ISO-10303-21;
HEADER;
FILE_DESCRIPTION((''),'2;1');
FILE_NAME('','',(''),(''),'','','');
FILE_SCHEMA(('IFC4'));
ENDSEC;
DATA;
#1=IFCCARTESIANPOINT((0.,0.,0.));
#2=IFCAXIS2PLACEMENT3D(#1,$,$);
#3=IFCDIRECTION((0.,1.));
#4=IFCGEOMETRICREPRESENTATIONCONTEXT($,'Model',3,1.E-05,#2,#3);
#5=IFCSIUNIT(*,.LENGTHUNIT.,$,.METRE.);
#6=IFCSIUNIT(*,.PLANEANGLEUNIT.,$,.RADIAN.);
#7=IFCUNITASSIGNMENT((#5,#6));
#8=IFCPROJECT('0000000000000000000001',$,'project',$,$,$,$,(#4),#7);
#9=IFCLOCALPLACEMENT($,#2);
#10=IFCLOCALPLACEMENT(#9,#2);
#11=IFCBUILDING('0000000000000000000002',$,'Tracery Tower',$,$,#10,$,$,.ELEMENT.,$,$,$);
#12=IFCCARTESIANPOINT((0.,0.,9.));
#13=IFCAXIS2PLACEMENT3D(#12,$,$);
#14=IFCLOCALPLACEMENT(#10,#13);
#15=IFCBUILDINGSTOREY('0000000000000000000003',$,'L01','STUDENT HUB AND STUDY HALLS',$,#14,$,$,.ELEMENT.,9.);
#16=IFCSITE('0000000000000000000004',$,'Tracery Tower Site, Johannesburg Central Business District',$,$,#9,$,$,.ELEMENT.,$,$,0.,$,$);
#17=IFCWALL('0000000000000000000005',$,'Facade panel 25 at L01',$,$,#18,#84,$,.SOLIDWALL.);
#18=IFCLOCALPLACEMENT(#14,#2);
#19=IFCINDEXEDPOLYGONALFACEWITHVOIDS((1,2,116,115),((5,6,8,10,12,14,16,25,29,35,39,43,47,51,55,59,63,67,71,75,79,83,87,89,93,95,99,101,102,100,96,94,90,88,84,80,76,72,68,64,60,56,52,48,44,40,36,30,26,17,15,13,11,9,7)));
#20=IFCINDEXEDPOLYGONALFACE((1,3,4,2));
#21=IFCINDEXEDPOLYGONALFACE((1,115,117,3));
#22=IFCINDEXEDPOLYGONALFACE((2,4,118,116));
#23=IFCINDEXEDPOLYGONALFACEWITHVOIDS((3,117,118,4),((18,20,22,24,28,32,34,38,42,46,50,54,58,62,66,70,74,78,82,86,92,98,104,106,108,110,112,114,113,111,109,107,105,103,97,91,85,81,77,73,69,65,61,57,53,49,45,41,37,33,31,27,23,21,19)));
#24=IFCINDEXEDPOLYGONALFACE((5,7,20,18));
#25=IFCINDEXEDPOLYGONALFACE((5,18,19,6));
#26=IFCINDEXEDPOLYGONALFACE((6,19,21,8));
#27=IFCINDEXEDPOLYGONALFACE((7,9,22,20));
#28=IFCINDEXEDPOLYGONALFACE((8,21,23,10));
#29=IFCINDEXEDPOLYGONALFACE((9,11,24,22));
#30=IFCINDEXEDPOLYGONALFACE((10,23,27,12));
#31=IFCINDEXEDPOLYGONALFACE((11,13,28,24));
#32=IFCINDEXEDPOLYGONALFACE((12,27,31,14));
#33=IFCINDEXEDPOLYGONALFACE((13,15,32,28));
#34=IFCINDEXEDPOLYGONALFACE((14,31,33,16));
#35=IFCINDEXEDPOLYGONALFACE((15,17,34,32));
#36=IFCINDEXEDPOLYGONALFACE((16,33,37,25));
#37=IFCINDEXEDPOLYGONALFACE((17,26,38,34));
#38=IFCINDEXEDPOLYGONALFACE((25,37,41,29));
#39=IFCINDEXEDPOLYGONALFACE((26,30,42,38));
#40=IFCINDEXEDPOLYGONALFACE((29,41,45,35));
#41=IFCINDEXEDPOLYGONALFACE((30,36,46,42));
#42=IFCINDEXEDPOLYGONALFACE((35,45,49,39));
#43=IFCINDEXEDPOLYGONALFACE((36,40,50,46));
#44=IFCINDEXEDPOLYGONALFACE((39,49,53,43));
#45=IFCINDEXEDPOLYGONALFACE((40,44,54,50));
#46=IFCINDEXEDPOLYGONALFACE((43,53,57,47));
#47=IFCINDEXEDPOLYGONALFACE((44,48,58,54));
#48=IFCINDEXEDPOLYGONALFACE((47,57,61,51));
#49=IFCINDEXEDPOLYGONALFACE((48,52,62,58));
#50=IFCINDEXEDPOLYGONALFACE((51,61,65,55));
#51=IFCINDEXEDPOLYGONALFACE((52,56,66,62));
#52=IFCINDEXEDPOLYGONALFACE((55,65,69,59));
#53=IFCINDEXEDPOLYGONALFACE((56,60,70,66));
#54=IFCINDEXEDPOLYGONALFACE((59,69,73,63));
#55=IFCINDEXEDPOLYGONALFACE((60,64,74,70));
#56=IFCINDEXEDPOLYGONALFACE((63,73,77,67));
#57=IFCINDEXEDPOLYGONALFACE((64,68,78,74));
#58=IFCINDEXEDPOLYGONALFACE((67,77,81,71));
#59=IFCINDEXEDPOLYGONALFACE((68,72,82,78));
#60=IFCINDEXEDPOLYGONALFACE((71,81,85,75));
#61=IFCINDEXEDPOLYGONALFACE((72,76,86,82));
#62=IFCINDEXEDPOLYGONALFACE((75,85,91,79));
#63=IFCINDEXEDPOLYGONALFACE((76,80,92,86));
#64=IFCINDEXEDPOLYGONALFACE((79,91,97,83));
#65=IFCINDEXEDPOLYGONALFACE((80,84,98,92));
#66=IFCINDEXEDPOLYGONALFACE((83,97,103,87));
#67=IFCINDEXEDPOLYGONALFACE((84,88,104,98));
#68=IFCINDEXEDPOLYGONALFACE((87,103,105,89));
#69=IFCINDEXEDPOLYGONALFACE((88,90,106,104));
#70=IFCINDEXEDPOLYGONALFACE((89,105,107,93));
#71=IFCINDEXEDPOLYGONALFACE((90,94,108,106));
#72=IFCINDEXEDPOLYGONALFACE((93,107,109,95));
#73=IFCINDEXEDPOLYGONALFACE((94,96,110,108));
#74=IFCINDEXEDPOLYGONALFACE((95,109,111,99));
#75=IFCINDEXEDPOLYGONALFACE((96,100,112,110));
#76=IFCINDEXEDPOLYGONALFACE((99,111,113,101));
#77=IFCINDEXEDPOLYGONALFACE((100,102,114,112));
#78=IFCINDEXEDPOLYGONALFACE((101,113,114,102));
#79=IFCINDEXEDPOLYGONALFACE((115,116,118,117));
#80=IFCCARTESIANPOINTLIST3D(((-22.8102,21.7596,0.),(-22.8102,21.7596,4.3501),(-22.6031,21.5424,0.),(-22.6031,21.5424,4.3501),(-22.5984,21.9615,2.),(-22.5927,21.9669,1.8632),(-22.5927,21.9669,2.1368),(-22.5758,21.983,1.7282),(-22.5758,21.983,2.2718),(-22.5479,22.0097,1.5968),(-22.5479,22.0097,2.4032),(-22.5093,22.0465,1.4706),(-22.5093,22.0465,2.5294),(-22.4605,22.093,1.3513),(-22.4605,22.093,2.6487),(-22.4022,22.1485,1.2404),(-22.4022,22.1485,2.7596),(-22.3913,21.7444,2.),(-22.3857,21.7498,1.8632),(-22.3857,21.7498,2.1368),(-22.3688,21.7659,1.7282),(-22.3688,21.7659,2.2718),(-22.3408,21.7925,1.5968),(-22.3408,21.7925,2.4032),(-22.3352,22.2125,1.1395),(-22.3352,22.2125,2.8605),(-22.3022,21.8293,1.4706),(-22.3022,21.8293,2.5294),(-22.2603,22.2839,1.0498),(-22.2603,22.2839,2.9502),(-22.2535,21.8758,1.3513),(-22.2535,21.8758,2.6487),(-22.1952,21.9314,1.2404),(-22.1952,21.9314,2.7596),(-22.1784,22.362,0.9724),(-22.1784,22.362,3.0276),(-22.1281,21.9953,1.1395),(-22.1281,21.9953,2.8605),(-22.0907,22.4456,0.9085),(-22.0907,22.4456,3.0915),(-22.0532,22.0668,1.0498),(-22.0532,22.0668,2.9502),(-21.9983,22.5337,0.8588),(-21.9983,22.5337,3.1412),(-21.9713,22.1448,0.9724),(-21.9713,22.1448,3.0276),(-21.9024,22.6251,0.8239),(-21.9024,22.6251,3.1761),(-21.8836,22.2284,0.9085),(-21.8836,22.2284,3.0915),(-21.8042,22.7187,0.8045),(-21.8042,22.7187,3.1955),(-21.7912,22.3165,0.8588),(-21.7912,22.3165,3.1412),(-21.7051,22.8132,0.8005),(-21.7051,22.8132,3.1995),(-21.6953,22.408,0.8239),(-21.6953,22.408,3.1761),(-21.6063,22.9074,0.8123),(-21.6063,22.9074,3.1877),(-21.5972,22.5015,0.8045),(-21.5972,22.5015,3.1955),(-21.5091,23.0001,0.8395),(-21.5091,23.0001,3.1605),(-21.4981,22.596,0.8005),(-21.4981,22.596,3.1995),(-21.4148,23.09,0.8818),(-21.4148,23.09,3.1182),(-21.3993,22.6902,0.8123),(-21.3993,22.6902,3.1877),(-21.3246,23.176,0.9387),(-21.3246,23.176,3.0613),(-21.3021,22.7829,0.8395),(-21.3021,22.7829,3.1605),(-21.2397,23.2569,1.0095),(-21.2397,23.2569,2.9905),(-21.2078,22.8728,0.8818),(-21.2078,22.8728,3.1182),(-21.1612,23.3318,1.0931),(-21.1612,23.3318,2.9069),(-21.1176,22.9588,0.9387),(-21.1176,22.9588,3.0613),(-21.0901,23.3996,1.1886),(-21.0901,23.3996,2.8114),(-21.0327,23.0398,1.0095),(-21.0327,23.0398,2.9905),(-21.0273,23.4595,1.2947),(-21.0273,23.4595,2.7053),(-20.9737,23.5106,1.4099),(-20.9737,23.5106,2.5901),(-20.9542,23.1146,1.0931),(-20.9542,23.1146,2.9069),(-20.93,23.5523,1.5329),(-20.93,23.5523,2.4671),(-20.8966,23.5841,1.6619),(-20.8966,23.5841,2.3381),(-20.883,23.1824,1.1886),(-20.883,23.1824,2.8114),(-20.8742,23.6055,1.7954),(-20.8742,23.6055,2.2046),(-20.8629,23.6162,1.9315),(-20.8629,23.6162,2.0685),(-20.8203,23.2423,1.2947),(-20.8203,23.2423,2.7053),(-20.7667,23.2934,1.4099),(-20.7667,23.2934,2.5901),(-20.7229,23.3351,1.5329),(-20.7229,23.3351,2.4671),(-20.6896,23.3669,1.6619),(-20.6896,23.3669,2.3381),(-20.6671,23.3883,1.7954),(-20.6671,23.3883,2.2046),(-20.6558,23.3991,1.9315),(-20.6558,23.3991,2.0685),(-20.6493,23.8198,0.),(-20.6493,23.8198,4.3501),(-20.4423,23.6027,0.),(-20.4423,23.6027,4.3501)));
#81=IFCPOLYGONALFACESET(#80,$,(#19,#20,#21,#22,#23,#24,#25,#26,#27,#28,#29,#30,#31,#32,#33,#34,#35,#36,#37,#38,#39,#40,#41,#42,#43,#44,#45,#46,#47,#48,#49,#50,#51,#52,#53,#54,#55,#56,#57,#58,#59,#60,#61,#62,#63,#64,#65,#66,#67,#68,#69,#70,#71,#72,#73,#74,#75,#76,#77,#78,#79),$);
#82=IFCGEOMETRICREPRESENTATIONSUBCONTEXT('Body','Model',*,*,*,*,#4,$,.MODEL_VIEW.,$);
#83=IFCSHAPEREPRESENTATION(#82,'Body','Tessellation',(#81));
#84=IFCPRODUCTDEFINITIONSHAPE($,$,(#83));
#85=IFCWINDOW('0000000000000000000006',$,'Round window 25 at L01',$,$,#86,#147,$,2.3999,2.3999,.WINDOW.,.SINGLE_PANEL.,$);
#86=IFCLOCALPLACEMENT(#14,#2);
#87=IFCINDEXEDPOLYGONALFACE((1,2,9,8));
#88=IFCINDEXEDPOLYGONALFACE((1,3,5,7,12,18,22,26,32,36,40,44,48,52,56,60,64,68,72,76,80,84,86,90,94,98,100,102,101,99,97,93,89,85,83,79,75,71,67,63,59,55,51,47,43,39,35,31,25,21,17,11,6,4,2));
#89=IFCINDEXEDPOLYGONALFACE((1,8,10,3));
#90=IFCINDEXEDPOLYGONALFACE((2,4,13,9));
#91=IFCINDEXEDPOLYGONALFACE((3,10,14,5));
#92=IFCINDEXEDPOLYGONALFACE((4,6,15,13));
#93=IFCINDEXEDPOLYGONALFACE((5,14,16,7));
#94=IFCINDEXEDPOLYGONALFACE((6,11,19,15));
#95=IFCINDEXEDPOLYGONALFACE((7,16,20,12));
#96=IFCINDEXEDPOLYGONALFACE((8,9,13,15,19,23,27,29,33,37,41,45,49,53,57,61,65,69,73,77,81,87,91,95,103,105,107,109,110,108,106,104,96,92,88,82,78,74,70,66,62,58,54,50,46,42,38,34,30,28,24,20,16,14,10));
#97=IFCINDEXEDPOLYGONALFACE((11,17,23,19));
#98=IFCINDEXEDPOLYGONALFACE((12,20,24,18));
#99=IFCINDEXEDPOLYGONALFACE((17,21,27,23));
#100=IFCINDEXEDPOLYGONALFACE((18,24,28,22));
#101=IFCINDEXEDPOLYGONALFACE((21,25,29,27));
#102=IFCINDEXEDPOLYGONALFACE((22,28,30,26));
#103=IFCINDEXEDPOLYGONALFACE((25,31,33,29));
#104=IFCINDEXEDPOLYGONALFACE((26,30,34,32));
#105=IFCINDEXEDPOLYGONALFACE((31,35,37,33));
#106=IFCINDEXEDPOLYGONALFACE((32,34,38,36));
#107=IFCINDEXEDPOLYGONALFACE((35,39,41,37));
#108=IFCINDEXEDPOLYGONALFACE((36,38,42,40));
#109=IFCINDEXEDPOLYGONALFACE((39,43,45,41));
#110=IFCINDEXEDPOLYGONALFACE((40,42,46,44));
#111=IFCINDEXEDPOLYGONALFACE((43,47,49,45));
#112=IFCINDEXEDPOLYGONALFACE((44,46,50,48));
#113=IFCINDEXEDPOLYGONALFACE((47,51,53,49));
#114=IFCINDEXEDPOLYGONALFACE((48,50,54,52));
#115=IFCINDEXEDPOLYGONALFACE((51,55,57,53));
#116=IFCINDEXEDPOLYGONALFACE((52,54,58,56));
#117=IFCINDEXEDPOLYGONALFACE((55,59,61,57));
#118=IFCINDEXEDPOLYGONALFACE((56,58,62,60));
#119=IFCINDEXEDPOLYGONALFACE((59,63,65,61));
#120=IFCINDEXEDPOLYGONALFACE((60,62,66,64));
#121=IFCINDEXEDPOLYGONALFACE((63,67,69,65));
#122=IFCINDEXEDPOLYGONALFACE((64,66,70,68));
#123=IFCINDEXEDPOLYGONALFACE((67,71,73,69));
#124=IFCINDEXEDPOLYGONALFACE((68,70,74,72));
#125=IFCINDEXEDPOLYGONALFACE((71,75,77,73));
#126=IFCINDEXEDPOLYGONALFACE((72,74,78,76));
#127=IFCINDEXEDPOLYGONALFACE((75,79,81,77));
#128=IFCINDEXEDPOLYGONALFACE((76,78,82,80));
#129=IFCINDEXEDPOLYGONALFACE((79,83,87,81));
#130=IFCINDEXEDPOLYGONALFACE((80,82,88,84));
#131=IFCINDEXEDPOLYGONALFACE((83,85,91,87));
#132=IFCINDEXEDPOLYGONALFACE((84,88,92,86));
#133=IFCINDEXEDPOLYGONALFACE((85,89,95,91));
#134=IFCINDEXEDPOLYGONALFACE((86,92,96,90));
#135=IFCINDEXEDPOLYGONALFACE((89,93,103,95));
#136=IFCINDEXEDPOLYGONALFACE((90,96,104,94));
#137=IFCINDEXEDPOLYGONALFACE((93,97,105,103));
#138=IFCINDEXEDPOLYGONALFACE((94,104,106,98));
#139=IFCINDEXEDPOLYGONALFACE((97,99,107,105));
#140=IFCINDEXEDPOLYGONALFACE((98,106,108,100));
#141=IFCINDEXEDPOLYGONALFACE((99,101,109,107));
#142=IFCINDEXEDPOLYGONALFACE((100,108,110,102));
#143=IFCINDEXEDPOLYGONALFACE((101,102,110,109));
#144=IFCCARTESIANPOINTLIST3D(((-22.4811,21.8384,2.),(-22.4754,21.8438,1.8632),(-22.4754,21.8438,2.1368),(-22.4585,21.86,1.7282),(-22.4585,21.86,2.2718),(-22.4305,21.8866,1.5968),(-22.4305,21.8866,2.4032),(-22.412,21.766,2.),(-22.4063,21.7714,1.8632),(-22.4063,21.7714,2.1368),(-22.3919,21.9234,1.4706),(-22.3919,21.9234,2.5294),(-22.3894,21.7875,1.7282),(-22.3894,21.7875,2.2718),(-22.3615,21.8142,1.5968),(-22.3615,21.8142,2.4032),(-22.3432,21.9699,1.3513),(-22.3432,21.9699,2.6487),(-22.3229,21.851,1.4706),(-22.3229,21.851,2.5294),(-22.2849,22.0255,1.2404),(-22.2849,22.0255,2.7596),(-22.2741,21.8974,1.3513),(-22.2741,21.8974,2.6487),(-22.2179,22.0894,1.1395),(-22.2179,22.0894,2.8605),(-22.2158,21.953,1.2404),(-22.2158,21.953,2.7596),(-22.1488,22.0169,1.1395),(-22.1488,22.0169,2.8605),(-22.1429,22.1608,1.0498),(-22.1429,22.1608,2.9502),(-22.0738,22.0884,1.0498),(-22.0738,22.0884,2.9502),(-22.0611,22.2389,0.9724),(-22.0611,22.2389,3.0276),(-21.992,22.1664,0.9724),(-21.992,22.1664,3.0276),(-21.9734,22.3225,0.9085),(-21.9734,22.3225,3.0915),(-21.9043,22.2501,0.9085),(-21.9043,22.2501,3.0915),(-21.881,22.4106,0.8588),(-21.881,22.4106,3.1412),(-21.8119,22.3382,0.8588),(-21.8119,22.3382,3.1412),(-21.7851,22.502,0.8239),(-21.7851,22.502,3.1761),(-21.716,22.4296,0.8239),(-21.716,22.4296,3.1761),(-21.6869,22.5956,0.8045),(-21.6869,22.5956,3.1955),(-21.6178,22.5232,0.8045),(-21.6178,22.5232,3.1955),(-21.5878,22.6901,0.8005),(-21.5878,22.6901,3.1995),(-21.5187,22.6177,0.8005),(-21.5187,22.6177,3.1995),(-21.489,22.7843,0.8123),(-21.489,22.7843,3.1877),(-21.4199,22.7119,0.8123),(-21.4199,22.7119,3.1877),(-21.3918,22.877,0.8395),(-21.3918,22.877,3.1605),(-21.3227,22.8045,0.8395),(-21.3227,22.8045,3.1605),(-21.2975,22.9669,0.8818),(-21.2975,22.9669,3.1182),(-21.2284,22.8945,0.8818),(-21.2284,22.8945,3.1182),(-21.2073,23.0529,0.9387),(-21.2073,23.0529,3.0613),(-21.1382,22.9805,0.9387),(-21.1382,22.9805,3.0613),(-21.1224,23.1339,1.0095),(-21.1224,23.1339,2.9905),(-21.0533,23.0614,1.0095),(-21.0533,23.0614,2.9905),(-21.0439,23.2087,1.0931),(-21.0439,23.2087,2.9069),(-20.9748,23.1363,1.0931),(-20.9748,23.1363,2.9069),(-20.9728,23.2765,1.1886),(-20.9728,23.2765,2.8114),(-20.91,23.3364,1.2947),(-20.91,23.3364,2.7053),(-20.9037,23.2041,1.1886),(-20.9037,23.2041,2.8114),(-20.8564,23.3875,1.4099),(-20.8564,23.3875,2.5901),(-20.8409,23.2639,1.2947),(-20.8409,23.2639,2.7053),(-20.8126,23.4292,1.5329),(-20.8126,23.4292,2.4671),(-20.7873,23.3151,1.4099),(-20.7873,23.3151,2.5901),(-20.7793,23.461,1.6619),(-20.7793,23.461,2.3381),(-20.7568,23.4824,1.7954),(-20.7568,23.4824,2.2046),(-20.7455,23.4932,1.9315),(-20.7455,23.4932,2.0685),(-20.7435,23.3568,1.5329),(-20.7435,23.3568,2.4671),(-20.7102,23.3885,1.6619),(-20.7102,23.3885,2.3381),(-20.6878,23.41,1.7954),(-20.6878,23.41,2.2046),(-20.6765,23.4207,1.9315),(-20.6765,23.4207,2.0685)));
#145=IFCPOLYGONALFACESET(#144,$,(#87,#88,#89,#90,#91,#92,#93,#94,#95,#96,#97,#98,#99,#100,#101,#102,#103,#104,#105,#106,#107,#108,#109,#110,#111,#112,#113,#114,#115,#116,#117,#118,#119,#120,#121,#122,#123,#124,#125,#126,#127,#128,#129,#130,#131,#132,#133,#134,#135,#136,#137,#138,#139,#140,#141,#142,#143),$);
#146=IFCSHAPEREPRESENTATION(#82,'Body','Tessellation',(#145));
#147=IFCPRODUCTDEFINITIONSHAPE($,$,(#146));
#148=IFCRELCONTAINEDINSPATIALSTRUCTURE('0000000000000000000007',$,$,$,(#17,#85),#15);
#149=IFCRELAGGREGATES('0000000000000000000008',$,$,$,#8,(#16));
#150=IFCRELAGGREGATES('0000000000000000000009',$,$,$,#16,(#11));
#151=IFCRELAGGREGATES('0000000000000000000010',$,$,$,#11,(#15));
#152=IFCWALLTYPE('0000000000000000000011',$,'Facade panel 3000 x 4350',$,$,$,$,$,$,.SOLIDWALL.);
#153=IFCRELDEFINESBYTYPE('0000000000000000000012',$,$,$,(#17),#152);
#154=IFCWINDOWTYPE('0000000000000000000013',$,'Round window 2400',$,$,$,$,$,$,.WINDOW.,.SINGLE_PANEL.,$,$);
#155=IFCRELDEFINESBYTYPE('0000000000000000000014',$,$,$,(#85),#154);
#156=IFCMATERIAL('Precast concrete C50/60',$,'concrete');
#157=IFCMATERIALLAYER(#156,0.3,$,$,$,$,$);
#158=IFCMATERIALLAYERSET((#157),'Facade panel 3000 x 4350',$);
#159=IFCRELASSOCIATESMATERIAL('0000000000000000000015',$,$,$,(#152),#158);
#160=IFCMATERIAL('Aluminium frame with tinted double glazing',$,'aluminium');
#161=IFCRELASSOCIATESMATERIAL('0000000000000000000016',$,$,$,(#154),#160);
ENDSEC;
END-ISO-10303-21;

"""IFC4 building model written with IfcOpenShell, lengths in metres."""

from ifc_helpers import new_model, si_unit, direction, frame, frame_2d, origin, origin_2d, place, context, subcontext, project, spatial, rectangle, circle, extrude, material, layer, layer_set, type_object, element, fill, save


model = new_model("IFC4")

# Units and contexts
model_context = context("Model", 3, precision=1e-05, world=origin(), true_north=direction((0.0, 1.0)))
body_context = subcontext(model_context, "Body", "Model", "MODEL_VIEW")
ifc_project = project(units=[si_unit("LENGTHUNIT", "METRE"), si_unit("PLANEANGLEUNIT", "RADIAN")], contexts=[model_context])

# Site, building, storey
site_placement = place(None, origin())
site = spatial("IfcSite", under=ifc_project, at=site_placement, Name="Tracery Tower Site, Johannesburg Central Business District", CompositionType="ELEMENT", RefElevation=0.0)
building_placement = place(site_placement, origin())
building = spatial("IfcBuilding", under=site, at=building_placement, Name="Tracery Tower", CompositionType="ELEMENT")
storey_placement = place(building_placement, frame((0.0, 0.0, 9.0)))
storey = spatial("IfcBuildingStorey", under=building, at=storey_placement, Name="L01", Description="STUDENT HUB AND STUDY HALLS", CompositionType="ELEMENT", Elevation=9.0)

# Wall, opening, window
ifc_material_1 = material(Name="Precast concrete C50/60", Category="concrete")
ifc_layer_1 = layer(ifc_material_1, 0.3)
ifc_layer_set_1 = layer_set([ifc_layer_1], Name="Facade panel 3000 x 4350")
wall_type_1 = type_object("IfcWallType", Name="Facade panel 3000 x 4350", PredefinedType="SOLIDWALL", material=ifc_layer_set_1)
ifc_material_2 = material(Name="Aluminium frame with tinted double glazing", Category="aluminium")
window_type = type_object("IfcWindowType", Name="Round window 2400", PartitioningType="SINGLE_PANEL", PredefinedType="WINDOW", material=ifc_material_2)
wall_1_placement = place(storey_placement, frame((-20.5459, 23.7112, 0.0), z_axis=(0.0, 0.0, 1.0), x_axis=(-0.723751, -0.690061, 0.0)))
wall_1 = element("IfcWall", 1, at=wall_1_placement, inside=storey, type_object=wall_type_1, Name="Facade panel 25 at L01", PredefinedType="SOLIDWALL", context=body_context, shape_type="SweptSolid", body=[
    extrude(rectangle(XDim=2.9856, YDim=0.3, at=frame_2d((1.4927, 0.0))), origin(), (0.0, 0.0, 1.0), 4.3501),
])
opening_1_placement = place(wall_1_placement, frame((1.4929, 0.0, 2.0)))
opening_1 = element("IfcOpeningElement", 2, at=opening_1_placement, cuts=wall_1, PredefinedType="OPENING", context=body_context, shape_type="SweptSolid", body=[
    extrude(circle(Radius=1.2, at=origin_2d()), frame((0.0, 0.1599, 0.0), z_axis=(0.0, -1.0, 0.0), x_axis=(1.0, 0.0, 0.0)), (0.0, 0.0, 1.0), 0.3201),
])
window_1_placement = place(opening_1_placement, origin())
window_1 = element("IfcWindow", 3, at=window_1_placement, inside=storey, type_object=window_type, Name="Round window 25 at L01", OverallHeight=2.3999, OverallWidth=2.3999, PartitioningType="SINGLE_PANEL", PredefinedType="WINDOW", context=body_context, shape_type="SweptSolid", body=[
    extrude(circle(Radius=1.2, at=origin_2d()), frame((0.0, 0.1201, 0.0), z_axis=(0.0, -1.0, 0.0), x_axis=(1.0, 0.0, 0.0)), (0.0, 0.0, 1.0), 0.1001),
])
fill(opening_1, window_1)

save(model, "model.ifc")
